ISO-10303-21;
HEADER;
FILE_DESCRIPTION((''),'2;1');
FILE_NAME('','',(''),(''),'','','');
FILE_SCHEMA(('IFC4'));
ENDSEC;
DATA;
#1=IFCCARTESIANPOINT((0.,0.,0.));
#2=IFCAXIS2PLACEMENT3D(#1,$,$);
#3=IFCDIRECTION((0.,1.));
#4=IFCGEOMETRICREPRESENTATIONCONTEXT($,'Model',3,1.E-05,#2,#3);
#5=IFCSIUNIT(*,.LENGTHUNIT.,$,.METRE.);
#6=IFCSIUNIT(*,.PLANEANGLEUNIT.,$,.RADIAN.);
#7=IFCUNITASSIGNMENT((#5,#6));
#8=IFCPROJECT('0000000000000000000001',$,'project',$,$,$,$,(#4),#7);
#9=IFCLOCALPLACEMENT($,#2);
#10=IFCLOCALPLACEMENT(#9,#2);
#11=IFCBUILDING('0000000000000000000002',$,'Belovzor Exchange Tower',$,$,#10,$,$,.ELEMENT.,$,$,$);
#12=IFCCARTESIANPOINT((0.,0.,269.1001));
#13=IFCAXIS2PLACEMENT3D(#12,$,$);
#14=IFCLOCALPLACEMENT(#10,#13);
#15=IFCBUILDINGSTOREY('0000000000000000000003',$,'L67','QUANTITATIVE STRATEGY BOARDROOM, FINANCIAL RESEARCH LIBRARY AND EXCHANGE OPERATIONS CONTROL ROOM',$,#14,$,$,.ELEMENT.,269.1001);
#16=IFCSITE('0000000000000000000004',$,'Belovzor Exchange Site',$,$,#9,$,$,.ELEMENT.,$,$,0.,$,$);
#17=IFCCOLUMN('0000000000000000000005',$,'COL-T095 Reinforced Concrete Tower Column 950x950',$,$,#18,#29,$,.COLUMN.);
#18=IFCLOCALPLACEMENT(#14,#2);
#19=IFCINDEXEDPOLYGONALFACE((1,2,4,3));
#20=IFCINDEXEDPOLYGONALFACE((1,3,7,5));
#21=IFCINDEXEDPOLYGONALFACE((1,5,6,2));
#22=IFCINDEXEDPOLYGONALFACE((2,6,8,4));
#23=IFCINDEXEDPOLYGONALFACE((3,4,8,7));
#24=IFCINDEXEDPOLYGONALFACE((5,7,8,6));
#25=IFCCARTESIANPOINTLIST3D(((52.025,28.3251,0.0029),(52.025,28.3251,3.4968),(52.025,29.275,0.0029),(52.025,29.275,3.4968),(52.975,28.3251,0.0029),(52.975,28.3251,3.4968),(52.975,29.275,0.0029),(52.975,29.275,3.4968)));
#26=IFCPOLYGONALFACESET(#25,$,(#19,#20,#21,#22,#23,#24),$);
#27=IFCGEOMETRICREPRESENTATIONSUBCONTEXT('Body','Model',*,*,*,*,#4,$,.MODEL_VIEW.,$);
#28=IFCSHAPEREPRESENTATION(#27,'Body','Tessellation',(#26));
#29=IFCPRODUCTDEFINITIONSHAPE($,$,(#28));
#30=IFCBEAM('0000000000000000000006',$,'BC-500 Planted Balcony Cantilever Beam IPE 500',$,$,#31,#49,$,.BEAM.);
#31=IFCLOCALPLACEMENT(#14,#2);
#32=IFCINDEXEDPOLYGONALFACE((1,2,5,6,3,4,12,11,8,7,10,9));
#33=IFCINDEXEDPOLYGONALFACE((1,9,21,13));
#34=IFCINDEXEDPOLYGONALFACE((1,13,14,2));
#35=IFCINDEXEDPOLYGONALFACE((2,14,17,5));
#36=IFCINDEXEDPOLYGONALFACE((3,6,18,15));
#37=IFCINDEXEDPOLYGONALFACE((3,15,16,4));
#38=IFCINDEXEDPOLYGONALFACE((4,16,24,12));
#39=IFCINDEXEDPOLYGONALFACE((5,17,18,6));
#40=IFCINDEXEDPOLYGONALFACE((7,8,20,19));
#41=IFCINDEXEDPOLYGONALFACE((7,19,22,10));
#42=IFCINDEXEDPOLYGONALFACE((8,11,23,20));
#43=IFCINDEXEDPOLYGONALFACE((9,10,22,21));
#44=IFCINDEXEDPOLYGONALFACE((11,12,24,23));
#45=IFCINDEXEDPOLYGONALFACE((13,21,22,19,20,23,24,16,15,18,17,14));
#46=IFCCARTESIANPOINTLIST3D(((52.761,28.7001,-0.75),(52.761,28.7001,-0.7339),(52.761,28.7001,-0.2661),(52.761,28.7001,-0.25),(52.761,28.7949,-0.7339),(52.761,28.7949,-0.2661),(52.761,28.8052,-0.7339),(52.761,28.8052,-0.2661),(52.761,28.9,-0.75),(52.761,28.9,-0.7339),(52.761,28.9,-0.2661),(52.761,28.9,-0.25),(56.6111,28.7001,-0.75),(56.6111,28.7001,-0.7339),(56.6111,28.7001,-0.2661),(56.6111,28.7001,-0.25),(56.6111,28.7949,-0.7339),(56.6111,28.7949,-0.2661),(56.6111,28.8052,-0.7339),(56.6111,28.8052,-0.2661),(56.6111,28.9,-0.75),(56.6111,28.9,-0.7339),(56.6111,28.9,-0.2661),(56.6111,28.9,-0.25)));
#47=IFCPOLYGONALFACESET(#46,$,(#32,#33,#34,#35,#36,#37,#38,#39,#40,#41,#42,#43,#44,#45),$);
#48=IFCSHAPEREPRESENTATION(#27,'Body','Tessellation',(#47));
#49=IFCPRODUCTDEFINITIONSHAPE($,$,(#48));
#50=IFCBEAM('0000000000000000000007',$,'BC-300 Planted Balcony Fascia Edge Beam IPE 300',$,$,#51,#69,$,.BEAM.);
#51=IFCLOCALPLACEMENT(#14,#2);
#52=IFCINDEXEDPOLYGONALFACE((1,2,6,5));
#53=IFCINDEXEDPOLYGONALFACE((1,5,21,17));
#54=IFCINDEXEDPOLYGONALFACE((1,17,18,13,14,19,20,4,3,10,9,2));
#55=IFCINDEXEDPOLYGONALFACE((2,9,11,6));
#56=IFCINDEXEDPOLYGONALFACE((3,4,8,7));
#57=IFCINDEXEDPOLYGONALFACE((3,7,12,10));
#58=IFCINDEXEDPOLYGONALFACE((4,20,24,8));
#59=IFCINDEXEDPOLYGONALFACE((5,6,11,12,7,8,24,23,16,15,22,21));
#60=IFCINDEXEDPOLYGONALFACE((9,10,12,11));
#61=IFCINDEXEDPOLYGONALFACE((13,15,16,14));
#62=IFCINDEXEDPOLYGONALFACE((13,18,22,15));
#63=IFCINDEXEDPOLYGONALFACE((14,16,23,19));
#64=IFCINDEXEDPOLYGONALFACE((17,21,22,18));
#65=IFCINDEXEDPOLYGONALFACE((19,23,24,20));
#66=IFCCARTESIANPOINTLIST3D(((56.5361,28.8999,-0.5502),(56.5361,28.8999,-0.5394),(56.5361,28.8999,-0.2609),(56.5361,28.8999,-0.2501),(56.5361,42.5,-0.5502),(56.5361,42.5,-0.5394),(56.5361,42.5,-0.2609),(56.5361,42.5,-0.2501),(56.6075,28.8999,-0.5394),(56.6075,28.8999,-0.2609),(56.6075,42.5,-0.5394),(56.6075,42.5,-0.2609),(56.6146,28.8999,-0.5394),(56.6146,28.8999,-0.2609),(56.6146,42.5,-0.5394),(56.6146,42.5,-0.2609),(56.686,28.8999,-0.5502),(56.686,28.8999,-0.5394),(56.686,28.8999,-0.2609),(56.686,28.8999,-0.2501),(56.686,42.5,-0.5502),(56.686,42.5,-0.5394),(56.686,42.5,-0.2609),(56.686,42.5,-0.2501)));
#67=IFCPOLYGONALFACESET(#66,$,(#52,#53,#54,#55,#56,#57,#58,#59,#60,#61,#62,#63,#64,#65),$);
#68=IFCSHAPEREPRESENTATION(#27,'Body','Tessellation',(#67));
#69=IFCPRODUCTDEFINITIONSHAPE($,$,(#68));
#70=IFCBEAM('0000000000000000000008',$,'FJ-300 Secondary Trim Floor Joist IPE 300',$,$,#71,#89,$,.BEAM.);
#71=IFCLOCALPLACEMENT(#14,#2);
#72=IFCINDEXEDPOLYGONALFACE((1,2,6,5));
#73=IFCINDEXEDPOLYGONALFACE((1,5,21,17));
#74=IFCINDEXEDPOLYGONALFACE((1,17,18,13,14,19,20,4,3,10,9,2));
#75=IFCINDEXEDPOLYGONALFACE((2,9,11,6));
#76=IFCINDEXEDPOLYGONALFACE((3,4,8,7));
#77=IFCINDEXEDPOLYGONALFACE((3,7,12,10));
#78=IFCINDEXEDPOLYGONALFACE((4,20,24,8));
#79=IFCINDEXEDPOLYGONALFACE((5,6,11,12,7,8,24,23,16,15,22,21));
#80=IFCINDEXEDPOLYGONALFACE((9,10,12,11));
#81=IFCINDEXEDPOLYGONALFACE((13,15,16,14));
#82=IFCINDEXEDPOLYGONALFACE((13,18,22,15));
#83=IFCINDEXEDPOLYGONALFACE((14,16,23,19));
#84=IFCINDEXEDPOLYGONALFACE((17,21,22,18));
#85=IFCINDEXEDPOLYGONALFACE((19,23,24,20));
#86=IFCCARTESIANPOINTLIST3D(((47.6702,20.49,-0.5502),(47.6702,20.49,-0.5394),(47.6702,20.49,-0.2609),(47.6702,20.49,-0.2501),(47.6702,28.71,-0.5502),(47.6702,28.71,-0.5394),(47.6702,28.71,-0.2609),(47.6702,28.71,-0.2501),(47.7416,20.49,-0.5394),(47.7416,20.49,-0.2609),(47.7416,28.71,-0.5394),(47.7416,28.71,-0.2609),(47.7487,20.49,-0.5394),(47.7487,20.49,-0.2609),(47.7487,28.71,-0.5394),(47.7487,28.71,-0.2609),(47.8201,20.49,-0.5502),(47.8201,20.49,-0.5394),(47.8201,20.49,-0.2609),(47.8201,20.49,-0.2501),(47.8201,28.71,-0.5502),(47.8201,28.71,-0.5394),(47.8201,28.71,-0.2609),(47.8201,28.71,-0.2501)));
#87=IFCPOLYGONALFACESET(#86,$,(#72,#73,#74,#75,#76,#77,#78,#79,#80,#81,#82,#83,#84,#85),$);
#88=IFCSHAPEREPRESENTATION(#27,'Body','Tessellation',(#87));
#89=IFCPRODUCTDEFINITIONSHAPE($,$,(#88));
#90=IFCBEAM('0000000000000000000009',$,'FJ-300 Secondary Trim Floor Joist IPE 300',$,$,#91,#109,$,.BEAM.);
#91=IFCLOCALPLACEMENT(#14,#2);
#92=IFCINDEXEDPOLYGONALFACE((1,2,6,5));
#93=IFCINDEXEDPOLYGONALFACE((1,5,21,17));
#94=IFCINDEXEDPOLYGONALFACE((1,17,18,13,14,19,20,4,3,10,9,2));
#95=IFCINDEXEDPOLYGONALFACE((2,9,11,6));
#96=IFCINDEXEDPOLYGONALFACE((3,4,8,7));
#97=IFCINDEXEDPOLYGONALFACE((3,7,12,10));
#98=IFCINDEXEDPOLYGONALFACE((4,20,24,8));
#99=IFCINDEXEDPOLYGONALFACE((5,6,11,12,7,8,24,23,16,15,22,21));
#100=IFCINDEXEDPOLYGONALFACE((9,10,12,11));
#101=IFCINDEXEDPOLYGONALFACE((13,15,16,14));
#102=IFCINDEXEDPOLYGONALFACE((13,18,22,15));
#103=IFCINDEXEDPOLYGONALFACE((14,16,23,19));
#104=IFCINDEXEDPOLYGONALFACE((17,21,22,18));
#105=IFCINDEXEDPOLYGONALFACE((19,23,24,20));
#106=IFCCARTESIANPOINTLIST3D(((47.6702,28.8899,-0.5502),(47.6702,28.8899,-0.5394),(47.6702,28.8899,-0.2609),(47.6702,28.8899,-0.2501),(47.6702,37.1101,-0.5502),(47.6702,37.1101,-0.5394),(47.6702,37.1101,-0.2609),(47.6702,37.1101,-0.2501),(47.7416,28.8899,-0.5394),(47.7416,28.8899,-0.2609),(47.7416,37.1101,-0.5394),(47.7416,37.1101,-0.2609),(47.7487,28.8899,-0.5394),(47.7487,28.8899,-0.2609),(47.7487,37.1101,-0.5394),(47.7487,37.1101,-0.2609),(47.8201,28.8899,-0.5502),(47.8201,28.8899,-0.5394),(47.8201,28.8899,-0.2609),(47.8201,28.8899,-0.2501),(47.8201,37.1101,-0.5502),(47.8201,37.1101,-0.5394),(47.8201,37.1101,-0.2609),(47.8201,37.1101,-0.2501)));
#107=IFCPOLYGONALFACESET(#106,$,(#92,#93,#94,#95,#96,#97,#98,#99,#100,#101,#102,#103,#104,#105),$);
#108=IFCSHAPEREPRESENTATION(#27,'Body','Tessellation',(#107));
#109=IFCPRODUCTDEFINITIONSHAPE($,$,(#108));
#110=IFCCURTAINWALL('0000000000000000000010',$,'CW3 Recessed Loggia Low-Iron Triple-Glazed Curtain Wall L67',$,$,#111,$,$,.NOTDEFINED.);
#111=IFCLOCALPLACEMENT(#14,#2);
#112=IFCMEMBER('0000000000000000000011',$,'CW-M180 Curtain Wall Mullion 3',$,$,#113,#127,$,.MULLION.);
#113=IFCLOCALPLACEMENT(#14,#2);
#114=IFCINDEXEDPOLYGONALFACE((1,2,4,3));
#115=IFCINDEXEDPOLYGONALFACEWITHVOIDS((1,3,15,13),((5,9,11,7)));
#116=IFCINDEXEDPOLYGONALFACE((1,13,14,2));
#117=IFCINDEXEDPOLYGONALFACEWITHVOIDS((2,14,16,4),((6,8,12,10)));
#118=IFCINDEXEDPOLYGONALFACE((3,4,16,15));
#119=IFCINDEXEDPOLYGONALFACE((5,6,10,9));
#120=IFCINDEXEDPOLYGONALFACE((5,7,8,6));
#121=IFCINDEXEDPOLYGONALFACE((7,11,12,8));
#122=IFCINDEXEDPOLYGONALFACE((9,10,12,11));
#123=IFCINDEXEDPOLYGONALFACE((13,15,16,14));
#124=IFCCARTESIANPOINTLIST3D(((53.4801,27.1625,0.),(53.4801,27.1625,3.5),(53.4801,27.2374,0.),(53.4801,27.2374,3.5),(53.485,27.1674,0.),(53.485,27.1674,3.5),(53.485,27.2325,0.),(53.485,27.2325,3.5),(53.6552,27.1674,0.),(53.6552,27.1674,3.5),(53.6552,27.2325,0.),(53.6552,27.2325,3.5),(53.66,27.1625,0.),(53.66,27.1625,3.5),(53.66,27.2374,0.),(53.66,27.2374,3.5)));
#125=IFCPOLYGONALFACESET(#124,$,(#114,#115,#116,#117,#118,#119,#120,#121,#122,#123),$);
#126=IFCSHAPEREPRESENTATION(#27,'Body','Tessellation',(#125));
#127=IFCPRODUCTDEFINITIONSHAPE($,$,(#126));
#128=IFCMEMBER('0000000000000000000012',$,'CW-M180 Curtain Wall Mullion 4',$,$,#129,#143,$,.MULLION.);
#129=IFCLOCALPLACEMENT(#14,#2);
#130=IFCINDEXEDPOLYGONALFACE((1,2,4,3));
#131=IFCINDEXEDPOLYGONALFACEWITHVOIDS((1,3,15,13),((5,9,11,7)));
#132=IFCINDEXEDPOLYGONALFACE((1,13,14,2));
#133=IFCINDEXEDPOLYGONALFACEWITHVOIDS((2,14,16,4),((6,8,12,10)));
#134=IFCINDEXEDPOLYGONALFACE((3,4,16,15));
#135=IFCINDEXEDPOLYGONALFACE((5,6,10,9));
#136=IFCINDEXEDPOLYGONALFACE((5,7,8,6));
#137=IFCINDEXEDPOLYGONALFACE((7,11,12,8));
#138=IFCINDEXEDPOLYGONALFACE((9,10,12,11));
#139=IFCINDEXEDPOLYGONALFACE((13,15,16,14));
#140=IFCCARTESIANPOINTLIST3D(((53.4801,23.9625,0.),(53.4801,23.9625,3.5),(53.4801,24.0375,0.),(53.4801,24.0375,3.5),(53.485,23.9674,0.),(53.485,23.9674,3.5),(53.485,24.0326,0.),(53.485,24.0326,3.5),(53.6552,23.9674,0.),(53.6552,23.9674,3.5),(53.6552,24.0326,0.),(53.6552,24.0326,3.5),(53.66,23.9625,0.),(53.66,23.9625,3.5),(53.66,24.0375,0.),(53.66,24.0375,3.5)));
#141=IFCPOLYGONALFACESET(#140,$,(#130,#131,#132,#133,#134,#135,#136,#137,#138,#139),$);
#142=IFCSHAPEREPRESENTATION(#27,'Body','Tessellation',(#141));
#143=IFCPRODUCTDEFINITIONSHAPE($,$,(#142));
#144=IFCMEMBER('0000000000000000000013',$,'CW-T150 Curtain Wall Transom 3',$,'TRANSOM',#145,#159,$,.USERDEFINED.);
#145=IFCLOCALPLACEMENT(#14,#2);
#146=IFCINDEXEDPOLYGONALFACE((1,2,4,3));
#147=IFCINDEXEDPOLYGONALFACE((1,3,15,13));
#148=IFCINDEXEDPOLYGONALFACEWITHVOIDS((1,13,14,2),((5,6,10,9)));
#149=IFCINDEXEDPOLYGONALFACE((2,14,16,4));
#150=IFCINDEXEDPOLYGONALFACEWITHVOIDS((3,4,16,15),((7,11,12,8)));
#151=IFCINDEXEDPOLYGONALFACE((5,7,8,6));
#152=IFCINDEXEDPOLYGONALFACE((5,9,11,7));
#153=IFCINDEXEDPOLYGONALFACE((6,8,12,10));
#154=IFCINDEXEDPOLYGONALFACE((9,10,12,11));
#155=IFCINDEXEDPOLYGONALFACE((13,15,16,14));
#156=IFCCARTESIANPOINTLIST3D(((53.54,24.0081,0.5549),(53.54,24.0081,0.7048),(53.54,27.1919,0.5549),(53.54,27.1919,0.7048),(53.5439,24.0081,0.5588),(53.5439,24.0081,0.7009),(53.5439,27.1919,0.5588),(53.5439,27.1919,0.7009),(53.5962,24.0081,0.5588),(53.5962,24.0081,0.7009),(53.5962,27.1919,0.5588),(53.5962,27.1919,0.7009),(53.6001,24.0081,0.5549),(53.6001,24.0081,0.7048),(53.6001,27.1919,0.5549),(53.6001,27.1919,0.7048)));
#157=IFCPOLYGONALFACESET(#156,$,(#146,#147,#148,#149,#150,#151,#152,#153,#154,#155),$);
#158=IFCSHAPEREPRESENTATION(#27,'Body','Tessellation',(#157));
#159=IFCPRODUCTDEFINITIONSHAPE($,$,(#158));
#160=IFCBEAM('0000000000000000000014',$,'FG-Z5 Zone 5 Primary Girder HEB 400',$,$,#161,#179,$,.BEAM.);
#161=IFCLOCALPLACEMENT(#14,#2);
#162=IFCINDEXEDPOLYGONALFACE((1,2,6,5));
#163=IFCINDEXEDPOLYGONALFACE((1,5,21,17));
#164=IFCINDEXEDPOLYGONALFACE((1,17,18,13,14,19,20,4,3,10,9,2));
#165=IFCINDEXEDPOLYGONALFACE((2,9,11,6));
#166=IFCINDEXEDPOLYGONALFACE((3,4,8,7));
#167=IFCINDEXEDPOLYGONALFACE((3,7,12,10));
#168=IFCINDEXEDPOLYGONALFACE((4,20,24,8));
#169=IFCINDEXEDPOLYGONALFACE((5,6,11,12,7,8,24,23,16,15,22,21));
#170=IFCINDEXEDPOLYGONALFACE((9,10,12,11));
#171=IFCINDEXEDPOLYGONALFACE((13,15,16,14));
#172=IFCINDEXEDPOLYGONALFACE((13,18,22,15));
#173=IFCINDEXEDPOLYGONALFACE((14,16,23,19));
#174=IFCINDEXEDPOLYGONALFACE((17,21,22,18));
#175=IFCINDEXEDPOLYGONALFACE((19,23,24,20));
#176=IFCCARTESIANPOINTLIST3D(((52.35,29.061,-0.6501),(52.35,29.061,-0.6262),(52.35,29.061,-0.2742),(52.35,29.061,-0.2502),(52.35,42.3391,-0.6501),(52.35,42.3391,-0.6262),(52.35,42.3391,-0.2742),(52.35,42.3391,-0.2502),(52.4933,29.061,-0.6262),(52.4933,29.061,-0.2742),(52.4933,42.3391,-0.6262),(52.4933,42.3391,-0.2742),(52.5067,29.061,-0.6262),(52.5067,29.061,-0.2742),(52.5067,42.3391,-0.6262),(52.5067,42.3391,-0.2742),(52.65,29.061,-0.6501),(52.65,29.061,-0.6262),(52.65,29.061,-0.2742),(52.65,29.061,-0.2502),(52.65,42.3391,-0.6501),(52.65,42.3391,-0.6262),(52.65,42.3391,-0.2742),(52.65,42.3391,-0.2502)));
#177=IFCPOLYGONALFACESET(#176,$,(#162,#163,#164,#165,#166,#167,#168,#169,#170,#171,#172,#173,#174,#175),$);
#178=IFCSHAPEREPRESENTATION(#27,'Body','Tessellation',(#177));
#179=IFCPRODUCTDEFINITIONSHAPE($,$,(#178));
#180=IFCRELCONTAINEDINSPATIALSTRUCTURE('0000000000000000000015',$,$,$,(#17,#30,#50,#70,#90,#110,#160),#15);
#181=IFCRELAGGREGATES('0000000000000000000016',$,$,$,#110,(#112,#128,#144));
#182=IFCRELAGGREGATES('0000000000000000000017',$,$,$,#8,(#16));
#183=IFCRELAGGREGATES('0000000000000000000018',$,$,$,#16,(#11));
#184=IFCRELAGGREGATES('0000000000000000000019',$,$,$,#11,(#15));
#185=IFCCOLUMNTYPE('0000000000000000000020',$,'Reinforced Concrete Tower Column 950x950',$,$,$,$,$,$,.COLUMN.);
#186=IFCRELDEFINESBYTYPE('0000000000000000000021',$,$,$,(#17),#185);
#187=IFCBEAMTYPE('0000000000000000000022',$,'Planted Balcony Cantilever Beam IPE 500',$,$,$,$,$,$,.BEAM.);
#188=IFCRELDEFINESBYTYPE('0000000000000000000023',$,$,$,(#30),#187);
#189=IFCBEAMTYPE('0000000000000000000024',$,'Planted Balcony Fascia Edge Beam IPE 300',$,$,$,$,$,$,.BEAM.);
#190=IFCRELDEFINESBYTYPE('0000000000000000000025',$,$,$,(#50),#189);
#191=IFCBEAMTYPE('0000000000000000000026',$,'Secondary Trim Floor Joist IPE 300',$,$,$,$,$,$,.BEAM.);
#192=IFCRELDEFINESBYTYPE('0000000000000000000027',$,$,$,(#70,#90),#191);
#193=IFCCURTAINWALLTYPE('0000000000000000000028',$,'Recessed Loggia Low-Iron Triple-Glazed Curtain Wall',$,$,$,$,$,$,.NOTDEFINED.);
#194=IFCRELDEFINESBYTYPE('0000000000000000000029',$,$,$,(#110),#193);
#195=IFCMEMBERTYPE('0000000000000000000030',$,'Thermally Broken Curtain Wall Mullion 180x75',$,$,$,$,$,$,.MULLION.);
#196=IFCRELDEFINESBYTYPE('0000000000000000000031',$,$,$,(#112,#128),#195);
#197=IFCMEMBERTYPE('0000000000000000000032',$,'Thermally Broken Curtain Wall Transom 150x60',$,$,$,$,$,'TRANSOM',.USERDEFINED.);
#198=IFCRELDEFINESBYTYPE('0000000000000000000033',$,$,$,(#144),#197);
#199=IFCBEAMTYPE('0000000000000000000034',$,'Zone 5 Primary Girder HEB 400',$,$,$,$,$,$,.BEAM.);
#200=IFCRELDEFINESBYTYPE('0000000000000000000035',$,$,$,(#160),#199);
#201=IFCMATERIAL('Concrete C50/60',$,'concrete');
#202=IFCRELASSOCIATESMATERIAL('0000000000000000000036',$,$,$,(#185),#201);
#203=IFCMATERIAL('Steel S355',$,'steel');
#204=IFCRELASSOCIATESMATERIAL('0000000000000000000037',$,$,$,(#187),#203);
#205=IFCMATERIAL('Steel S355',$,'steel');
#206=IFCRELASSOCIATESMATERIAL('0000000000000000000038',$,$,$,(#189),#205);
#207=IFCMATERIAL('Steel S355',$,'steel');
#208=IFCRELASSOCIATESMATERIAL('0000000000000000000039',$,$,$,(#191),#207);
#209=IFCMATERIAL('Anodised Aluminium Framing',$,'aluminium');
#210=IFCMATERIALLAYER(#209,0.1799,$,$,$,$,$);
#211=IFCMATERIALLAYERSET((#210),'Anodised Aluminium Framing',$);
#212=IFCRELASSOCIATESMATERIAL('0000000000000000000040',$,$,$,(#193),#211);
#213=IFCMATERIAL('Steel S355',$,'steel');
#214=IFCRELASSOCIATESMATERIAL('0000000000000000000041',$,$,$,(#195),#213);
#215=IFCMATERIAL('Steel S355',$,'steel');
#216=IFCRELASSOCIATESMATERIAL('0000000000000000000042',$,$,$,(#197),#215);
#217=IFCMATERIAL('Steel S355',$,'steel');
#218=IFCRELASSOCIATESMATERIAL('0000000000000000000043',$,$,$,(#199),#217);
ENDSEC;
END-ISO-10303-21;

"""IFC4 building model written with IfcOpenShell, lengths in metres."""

from ifc_helpers import new_model, si_unit, direction, frame, origin, origin_2d, place, context, subcontext, project, spatial, rectangle, hollow_rectangle, i_section, extrude, material, layer, layer_set, material_profile, profile_set, type_object, element, aggregate, save


model = new_model("IFC4")

# Units and contexts
model_context = context("Model", 3, precision=1e-05, world=origin(), true_north=direction((0.0, 1.0)))
body_context = subcontext(model_context, "Body", "Model", "MODEL_VIEW")
ifc_project = project(units=[si_unit("LENGTHUNIT", "METRE"), si_unit("PLANEANGLEUNIT", "RADIAN")], contexts=[model_context])

# Site, building, storey
site_placement = place(None, origin())
site = spatial("IfcSite", under=ifc_project, at=site_placement, Name="Belovzor Exchange Site", CompositionType="ELEMENT", RefElevation=0.0)
building_placement = place(site_placement, origin())
building = spatial("IfcBuilding", under=site, at=building_placement, Name="Belovzor Exchange Tower", CompositionType="ELEMENT")
storey_placement = place(building_placement, frame((0.0, 0.0, 269.1001)))
storey = spatial("IfcBuildingStorey", under=building, at=storey_placement, Name="L67", Description="QUANTITATIVE STRATEGY BOARDROOM, FINANCIAL RESEARCH LIBRARY AND EXCHANGE OPERATIONS CONTROL ROOM", CompositionType="ELEMENT", Elevation=269.1001)

# Column
ifc_material_1 = material(Name="Concrete C50/60", Category="concrete")
ifc_material_profile_1 = material_profile(ifc_material_1, rectangle(XDim=0.95, YDim=0.95, at=origin_2d()))
ifc_profile_set_1 = profile_set([ifc_material_profile_1], Name="Concrete C50/60")
column_type = type_object("IfcColumnType", Name="Reinforced Concrete Tower Column 950x950", PredefinedType="COLUMN", material=ifc_profile_set_1)
column_placement = place(storey_placement, frame((52.5, 28.8, 0.0029), z_axis=(0.0, 0.0, 1.0), x_axis=(1.0, 0.0, 0.0)))
element("IfcColumn", 1, at=column_placement, inside=storey, type_object=column_type, Name="COL-T095 Reinforced Concrete Tower Column 950x950", PredefinedType="COLUMN", context=body_context, shape_type="SweptSolid", body=[
    extrude(rectangle(XDim=0.95, YDim=0.95, at=origin_2d()), origin(), (0.0, 0.0, 1.0), 3.4939),
])

# Beams
ifc_material_2 = material(Name="Steel S355", Category="steel")
ifc_material_profile_2 = material_profile(ifc_material_2, i_section(OverallWidth=0.2, OverallDepth=0.5, WebThickness=0.0103, FlangeThickness=0.0161, at=origin_2d()))
ifc_profile_set_2 = profile_set([ifc_material_profile_2], Name="Steel S355")
beam_type_1 = type_object("IfcBeamType", Name="Planted Balcony Cantilever Beam IPE 500", PredefinedType="BEAM", material=ifc_profile_set_2)
beam_1_placement = place(storey_placement, frame((52.761, 28.8, -0.5), z_axis=(1.0, 0.0, 0.0), x_axis=(0.0, 1.0, 0.0)))
element("IfcBeam", 2, at=beam_1_placement, inside=storey, type_object=beam_type_1, Name="BC-500 Planted Balcony Cantilever Beam IPE 500", PredefinedType="BEAM", context=body_context, shape_type="SweptSolid", body=[
    extrude(i_section(OverallWidth=0.2, OverallDepth=0.5, WebThickness=0.0103, FlangeThickness=0.0161, at=origin_2d()), origin(), (0.0, 0.0, 1.0), 3.8501),
])
ifc_material_3 = material(Name="Steel S355", Category="steel")
ifc_material_profile_3 = material_profile(ifc_material_3, i_section(OverallWidth=0.1499, OverallDepth=0.3, WebThickness=0.0071, FlangeThickness=0.0107, at=origin_2d()))
ifc_profile_set_3 = profile_set([ifc_material_profile_3], Name="Steel S355")
beam_type_2 = type_object("IfcBeamType", Name="Planted Balcony Fascia Edge Beam IPE 300", PredefinedType="BEAM", material=ifc_profile_set_3)
beam_2_placement = place(storey_placement, frame((56.6111, 28.8999, -0.4001), z_axis=(0.0, 1.0, 0.0), x_axis=(-1.0, 0.0, 0.0)))
element("IfcBeam", 3, at=beam_2_placement, inside=storey, type_object=beam_type_2, Name="BC-300 Planted Balcony Fascia Edge Beam IPE 300", PredefinedType="BEAM", context=body_context, shape_type="SweptSolid", body=[
    extrude(i_section(OverallWidth=0.1499, OverallDepth=0.3, WebThickness=0.0071, FlangeThickness=0.0107, at=origin_2d()), origin(), (0.0, 0.0, 1.0), 13.6001),
])
ifc_material_4 = material(Name="Steel S355", Category="steel")
ifc_material_profile_4 = material_profile(ifc_material_4, i_section(OverallWidth=0.1499, OverallDepth=0.3, WebThickness=0.0071, FlangeThickness=0.0107, at=origin_2d()))
ifc_profile_set_4 = profile_set([ifc_material_profile_4], Name="Steel S355")
beam_type_3 = type_object("IfcBeamType", Name="Secondary Trim Floor Joist IPE 300", PredefinedType="BEAM", material=ifc_profile_set_4)
beam_3_placement = place(storey_placement, frame((47.7451, 20.49, -0.4001), z_axis=(0.0, 1.0, 0.0), x_axis=(-1.0, 0.0, 0.0)))
element("IfcBeam", 4, at=beam_3_placement, inside=storey, type_object=beam_type_3, Name="FJ-300 Secondary Trim Floor Joist IPE 300", PredefinedType="BEAM", context=body_context, shape_type="SweptSolid", body=[
    extrude(i_section(OverallWidth=0.1499, OverallDepth=0.3, WebThickness=0.0071, FlangeThickness=0.0107, at=origin_2d()), origin(), (0.0, 0.0, 1.0), 8.22),
])
beam_4_placement = place(storey_placement, frame((47.7451, 28.8899, -0.4001), z_axis=(0.0, 1.0, 0.0), x_axis=(-1.0, 0.0, 0.0)))
element("IfcBeam", 5, at=beam_4_placement, inside=storey, type_object=beam_type_3, Name="FJ-300 Secondary Trim Floor Joist IPE 300", PredefinedType="BEAM", context=body_context, shape_type="SweptSolid", body=[
    extrude(i_section(OverallWidth=0.1499, OverallDepth=0.3, WebThickness=0.0071, FlangeThickness=0.0107, at=origin_2d()), origin(), (0.0, 0.0, 1.0), 8.2202),
])

# Curtain wall, members
ifc_material_5 = material(Name="Anodised Aluminium Framing", Category="aluminium")
ifc_layer_1 = layer(ifc_material_5, 0.1799)
ifc_layer_set_1 = layer_set([ifc_layer_1], Name="Anodised Aluminium Framing")
curtain_wall_type = type_object("IfcCurtainWallType", Name="Recessed Loggia Low-Iron Triple-Glazed Curtain Wall", PredefinedType="NOTDEFINED", material=ifc_layer_set_1)
curtain_wall_placement = place(storey_placement, origin())
curtain_wall = element("IfcCurtainWall", 6, at=curtain_wall_placement, inside=storey, type_object=curtain_wall_type, Name="CW3 Recessed Loggia Low-Iron Triple-Glazed Curtain Wall L67", PredefinedType="NOTDEFINED")
ifc_material_6 = material(Name="Steel S355", Category="steel")
ifc_material_profile_5 = material_profile(ifc_material_6, hollow_rectangle(XDim=0.075, YDim=0.1799, WallThickness=0.0049, at=origin_2d()))
ifc_profile_set_5 = profile_set([ifc_material_profile_5], Name="Steel S355")
member_type_1 = type_object("IfcMemberType", Name="Thermally Broken Curtain Wall Mullion 180x75", PredefinedType="MULLION", material=ifc_profile_set_5)
member_1_placement = place(storey_placement, frame((53.5701, 27.2, 0.0), z_axis=(0.0, 0.0, 1.0), x_axis=(0.0, -1.0, 0.0)))
member_1 = element("IfcMember", 7, at=member_1_placement, type_object=member_type_1, Name="CW-M180 Curtain Wall Mullion 3", PredefinedType="MULLION", context=body_context, shape_type="SweptSolid", body=[
    extrude(hollow_rectangle(XDim=0.075, YDim=0.1799, WallThickness=0.0049, at=origin_2d()), origin(), (0.0, 0.0, 1.0), 3.5),
])
member_2_placement = place(storey_placement, frame((53.5701, 24.0, 0.0), z_axis=(0.0, 0.0, 1.0), x_axis=(0.0, -1.0, 0.0)))
member_2 = element("IfcMember", 8, at=member_2_placement, type_object=member_type_1, Name="CW-M180 Curtain Wall Mullion 4", PredefinedType="MULLION", context=body_context, shape_type="SweptSolid", body=[
    extrude(hollow_rectangle(XDim=0.075, YDim=0.1799, WallThickness=0.0049, at=origin_2d()), origin(), (0.0, 0.0, 1.0), 3.5),
])
ifc_material_7 = material(Name="Steel S355", Category="steel")
ifc_material_profile_6 = material_profile(ifc_material_7, hollow_rectangle(XDim=0.0601, YDim=0.1499, WallThickness=0.0039, at=origin_2d()))
ifc_profile_set_6 = profile_set([ifc_material_profile_6], Name="Steel S355")
member_type_2 = type_object("IfcMemberType", Name="Thermally Broken Curtain Wall Transom 150x60", ElementType="TRANSOM", PredefinedType="USERDEFINED", material=ifc_profile_set_6)
member_3_placement = place(storey_placement, frame((53.5701, 27.1919, 0.6299), z_axis=(0.0, -1.0, 0.0), x_axis=(1.0, 0.0, 0.0)))
member_3 = element("IfcMember", 9, at=member_3_placement, type_object=member_type_2, Name="CW-T150 Curtain Wall Transom 3", ObjectType="TRANSOM", PredefinedType="USERDEFINED", context=body_context, shape_type="SweptSolid", body=[
    extrude(hollow_rectangle(XDim=0.0601, YDim=0.1499, WallThickness=0.0039, at=origin_2d()), origin(), (0.0, 0.0, 1.0), 3.1838),
])

# Beam
ifc_material_8 = material(Name="Steel S355", Category="steel")
ifc_material_profile_7 = material_profile(ifc_material_8, i_section(OverallWidth=0.3, OverallDepth=0.3999, WebThickness=0.0134, FlangeThickness=0.0239, at=origin_2d()))
ifc_profile_set_7 = profile_set([ifc_material_profile_7], Name="Steel S355")
beam_type_4 = type_object("IfcBeamType", Name="Zone 5 Primary Girder HEB 400", PredefinedType="BEAM", material=ifc_profile_set_7)
beam_5_placement = place(storey_placement, frame((52.5, 29.061, -0.4502), z_axis=(0.0, 1.0, 0.0), x_axis=(-1.0, 0.0, 0.0)))
element("IfcBeam", 10, at=beam_5_placement, inside=storey, type_object=beam_type_4, Name="FG-Z5 Zone 5 Primary Girder HEB 400", PredefinedType="BEAM", context=body_context, shape_type="SweptSolid", body=[
    extrude(i_section(OverallWidth=0.3, OverallDepth=0.3999, WebThickness=0.0134, FlangeThickness=0.0239, at=origin_2d()), origin(), (0.0, 0.0, 1.0), 13.2781),
])

aggregate(curtain_wall, [member_1, member_2, member_3])

save(model, "model.ifc")
